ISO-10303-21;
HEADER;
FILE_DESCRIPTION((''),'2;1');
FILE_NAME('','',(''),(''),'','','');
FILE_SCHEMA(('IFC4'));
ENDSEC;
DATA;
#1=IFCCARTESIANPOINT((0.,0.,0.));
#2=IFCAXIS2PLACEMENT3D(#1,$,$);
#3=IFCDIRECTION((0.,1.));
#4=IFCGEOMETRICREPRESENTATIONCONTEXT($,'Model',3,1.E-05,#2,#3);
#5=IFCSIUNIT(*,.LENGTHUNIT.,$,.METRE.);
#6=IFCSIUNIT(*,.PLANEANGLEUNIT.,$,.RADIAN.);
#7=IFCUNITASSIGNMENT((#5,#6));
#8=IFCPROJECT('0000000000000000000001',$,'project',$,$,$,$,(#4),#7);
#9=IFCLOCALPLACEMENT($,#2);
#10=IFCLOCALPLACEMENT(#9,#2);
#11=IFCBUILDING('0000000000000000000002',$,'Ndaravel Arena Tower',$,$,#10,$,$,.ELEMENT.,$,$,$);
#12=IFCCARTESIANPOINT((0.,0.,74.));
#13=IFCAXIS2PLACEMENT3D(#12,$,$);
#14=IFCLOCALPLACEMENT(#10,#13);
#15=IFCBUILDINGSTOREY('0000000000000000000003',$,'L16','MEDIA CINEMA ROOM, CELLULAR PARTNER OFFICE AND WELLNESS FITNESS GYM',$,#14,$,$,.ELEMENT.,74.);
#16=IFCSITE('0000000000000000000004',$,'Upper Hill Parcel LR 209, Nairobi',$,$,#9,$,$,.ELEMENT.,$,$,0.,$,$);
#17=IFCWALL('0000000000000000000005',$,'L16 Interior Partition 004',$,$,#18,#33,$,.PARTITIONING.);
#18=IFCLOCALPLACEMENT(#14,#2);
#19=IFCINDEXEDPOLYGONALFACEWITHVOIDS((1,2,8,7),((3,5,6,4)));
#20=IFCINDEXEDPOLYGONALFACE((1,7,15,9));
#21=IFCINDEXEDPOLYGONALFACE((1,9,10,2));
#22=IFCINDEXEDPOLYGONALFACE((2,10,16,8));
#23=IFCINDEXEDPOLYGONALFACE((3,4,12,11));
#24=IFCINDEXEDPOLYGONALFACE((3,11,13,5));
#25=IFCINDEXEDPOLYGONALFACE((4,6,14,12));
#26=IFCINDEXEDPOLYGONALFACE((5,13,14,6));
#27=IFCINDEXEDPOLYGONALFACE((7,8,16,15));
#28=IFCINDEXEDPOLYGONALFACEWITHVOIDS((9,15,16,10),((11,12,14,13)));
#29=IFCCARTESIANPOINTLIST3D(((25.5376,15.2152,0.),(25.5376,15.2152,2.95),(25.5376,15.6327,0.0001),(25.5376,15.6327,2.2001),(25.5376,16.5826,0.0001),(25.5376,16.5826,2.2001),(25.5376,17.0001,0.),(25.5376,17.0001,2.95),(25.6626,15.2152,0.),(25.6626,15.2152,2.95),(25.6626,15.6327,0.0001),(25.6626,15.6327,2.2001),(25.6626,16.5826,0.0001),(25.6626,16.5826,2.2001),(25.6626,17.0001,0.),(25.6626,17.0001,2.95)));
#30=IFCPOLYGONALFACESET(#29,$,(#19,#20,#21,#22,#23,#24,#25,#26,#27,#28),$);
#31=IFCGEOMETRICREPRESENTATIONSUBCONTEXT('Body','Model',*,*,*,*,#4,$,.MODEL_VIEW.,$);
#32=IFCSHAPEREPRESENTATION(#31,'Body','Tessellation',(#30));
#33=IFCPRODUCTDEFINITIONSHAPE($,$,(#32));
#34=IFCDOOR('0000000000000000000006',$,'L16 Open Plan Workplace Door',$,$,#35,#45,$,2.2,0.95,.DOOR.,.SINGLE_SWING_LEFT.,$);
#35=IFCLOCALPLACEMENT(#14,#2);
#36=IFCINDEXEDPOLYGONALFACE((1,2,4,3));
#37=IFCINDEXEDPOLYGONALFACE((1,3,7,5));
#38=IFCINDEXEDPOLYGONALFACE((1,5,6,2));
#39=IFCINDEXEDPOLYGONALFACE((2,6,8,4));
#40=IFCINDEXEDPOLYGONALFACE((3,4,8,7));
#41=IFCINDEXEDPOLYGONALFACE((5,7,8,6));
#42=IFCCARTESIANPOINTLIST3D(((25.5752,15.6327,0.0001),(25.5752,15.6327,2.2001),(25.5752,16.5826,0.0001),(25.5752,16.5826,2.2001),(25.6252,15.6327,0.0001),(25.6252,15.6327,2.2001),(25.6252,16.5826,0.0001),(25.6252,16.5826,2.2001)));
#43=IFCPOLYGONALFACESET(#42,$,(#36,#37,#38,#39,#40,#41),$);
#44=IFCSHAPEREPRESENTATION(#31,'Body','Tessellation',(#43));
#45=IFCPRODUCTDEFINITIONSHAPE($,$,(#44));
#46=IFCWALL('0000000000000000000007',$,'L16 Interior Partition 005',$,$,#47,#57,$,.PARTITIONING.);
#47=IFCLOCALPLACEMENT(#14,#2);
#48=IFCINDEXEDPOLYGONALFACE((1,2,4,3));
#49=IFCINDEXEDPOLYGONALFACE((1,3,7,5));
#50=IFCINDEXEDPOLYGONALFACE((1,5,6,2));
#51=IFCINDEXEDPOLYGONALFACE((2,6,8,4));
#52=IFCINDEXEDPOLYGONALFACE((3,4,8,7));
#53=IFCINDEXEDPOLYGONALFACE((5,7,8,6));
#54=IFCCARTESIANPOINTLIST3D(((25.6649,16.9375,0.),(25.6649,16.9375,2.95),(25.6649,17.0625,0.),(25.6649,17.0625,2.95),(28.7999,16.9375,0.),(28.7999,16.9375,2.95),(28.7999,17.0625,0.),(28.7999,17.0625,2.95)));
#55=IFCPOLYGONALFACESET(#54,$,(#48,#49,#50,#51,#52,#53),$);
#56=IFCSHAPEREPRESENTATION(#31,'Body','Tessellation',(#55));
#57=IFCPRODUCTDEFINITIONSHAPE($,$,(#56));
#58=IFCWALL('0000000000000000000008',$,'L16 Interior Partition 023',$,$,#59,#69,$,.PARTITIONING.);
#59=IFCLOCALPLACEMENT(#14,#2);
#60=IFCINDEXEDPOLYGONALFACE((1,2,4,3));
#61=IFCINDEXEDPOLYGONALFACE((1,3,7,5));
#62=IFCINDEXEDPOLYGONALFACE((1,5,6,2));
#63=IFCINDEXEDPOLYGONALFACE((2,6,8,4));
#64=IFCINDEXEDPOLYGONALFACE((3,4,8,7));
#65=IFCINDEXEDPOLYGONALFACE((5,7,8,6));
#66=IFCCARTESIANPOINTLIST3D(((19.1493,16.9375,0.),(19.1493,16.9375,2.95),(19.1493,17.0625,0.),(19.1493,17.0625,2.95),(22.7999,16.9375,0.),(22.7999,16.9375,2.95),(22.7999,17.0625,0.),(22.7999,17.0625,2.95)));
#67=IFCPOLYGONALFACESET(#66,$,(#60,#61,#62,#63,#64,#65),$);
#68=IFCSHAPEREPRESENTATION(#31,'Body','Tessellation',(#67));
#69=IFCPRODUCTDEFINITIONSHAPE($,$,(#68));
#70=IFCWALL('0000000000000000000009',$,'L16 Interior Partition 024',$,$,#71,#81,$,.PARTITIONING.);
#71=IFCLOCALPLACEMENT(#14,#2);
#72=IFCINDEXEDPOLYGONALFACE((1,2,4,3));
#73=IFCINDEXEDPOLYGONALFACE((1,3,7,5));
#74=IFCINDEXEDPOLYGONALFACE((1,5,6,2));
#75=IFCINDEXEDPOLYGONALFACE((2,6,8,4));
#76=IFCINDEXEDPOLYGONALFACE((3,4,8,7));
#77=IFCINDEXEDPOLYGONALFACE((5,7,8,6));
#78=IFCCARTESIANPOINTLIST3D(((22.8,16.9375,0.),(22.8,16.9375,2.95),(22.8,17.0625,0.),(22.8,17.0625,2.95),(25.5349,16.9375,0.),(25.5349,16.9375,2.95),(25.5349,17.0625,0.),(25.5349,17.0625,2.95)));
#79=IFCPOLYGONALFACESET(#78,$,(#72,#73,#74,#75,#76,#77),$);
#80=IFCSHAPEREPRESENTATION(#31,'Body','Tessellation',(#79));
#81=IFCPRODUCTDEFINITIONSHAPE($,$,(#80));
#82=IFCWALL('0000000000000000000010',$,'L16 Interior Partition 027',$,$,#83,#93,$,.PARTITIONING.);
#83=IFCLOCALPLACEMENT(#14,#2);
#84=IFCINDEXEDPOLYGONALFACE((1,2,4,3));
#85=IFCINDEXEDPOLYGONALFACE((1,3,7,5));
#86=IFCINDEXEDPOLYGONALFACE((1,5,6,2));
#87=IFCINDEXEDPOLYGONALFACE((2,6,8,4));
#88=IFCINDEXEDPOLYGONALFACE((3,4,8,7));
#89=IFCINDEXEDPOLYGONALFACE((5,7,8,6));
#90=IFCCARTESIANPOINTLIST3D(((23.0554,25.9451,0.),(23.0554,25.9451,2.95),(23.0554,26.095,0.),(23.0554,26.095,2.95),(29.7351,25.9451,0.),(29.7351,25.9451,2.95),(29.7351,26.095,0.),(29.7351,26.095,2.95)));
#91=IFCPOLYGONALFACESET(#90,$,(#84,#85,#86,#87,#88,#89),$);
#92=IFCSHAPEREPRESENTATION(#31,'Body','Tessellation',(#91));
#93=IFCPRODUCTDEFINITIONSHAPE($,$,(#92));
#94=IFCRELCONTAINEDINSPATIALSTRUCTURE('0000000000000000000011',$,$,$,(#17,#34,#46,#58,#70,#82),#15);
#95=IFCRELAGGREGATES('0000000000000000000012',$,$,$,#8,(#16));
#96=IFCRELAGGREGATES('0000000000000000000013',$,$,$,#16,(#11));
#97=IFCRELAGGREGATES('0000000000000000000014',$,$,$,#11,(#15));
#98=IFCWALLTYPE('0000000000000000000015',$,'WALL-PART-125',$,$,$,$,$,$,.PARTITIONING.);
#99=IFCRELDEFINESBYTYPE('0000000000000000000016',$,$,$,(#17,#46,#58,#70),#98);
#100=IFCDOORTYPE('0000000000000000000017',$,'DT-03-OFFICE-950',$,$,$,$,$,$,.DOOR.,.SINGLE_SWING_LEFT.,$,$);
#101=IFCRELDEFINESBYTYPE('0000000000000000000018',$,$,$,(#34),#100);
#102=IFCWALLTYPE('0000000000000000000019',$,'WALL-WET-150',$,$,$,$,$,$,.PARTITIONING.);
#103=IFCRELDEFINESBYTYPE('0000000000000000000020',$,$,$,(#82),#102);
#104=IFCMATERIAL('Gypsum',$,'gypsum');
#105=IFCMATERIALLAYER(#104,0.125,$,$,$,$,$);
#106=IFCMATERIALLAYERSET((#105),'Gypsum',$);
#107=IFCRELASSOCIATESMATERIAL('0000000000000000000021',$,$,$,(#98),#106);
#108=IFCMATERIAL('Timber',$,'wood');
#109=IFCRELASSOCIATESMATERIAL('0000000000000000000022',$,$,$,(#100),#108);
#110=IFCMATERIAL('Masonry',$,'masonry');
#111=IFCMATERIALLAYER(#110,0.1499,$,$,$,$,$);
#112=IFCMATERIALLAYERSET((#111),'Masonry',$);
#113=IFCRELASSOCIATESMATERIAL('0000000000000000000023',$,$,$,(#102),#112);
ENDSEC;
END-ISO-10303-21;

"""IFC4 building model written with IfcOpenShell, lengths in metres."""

from ifc_helpers import new_model, si_unit, direction, frame, frame_2d, origin, place, context, subcontext, project, spatial, rectangle, extrude, material, layer, layer_set, type_object, element, fill, save


model = new_model("IFC4")

# Units and contexts
model_context = context("Model", 3, precision=1e-05, world=origin(), true_north=direction((0.0, 1.0)))
body_context = subcontext(model_context, "Body", "Model", "MODEL_VIEW")
ifc_project = project(units=[si_unit("LENGTHUNIT", "METRE"), si_unit("PLANEANGLEUNIT", "RADIAN")], contexts=[model_context])

# Site, building, storey
site_placement = place(None, origin())
site = spatial("IfcSite", under=ifc_project, at=site_placement, Name="Upper Hill Parcel LR 209, Nairobi", CompositionType="ELEMENT", RefElevation=0.0)
building_placement = place(site_placement, origin())
building = spatial("IfcBuilding", under=site, at=building_placement, Name="Ndaravel Arena Tower", CompositionType="ELEMENT")
storey_placement = place(building_placement, frame((0.0, 0.0, 74.0)))
storey = spatial("IfcBuildingStorey", under=building, at=storey_placement, Name="L16", Description="MEDIA CINEMA ROOM, CELLULAR PARTNER OFFICE AND WELLNESS FITNESS GYM", CompositionType="ELEMENT", Elevation=74.0)

# Wall, opening, door
ifc_material_1 = material(Name="Gypsum", Category="gypsum")
ifc_layer_1 = layer(ifc_material_1, 0.125)
ifc_layer_set_1 = layer_set([ifc_layer_1], Name="Gypsum")
wall_type_1 = type_object("IfcWallType", Name="WALL-PART-125", PredefinedType="PARTITIONING", material=ifc_layer_set_1)
wall_1_placement = place(storey_placement, frame((25.6001, 15.2151, 0.0), z_axis=(0.0, 0.0, 1.0), x_axis=(0.0, 1.0, 0.0)))
wall_1 = element("IfcWall", 1, at=wall_1_placement, inside=storey, type_object=wall_type_1, Name="L16 Interior Partition 004", PredefinedType="PARTITIONING", context=body_context, shape_type="SweptSolid", body=[
    extrude(rectangle(XDim=1.7849, YDim=0.125, at=frame_2d((0.8926, 0.0))), origin(), (0.0, 0.0, 1.0), 2.95),
])
opening_placement = place(wall_1_placement, frame((0.4175, 0.0, 0.0)))
opening = element("IfcOpeningElement", 2, at=opening_placement, cuts=wall_1, PredefinedType="OPENING", context=body_context, shape_type="SweptSolid", body=[
    extrude(rectangle(XDim=0.95, YDim=2.2, at=frame_2d((0.4751, 1.1001))), frame((0.0, 0.0625, 0.0), z_axis=(0.0, -1.0, 0.0), x_axis=(1.0, 0.0, 0.0)), (0.0, 0.0, 1.0), 0.125),
])
ifc_material_2 = material(Name="Timber", Category="wood")
door_type = type_object("IfcDoorType", Name="DT-03-OFFICE-950", OperationType="SINGLE_SWING_LEFT", PredefinedType="DOOR", material=ifc_material_2)
door_placement = place(opening_placement, origin())
door = element("IfcDoor", 3, at=door_placement, inside=storey, type_object=door_type, Name="L16 Open Plan Workplace Door", OperationType="SINGLE_SWING_LEFT", OverallHeight=2.2, OverallWidth=0.95, PredefinedType="DOOR", context=body_context, shape_type="SweptSolid", body=[
    extrude(rectangle(XDim=0.95, YDim=2.2, at=frame_2d((0.4751, 1.1001))), frame((0.0, 0.0249, 0.0), z_axis=(0.0, -1.0, 0.0), x_axis=(1.0, 0.0, 0.0)), (0.0, 0.0, 1.0), 0.05),
])
fill(opening, door)

# Walls
wall_2_placement = place(storey_placement, frame((25.665, 17.0, 0.0), z_axis=(0.0, 0.0, 1.0), x_axis=(1.0, 0.0, 0.0)))
element("IfcWall", 4, at=wall_2_placement, inside=storey, type_object=wall_type_1, Name="L16 Interior Partition 005", PredefinedType="PARTITIONING", context=body_context, shape_type="SweptSolid", body=[
    extrude(rectangle(XDim=3.135, YDim=0.125, at=frame_2d((1.5674, 0.0))), origin(), (0.0, 0.0, 1.0), 2.95),
])
wall_3_placement = place(storey_placement, frame((19.1494, 17.0, 0.0), z_axis=(0.0, 0.0, 1.0), x_axis=(1.0, 0.0, 0.0)))
element("IfcWall", 5, at=wall_3_placement, inside=storey, type_object=wall_type_1, Name="L16 Interior Partition 023", PredefinedType="PARTITIONING", context=body_context, shape_type="SweptSolid", body=[
    extrude(rectangle(XDim=3.6506, YDim=0.125, at=frame_2d((1.8252, 0.0))), origin(), (0.0, 0.0, 1.0), 2.95),
])
wall_4_placement = place(storey_placement, frame((22.8, 17.0, 0.0), z_axis=(0.0, 0.0, 1.0), x_axis=(1.0, 0.0, 0.0)))
element("IfcWall", 6, at=wall_4_placement, inside=storey, type_object=wall_type_1, Name="L16 Interior Partition 024", PredefinedType="PARTITIONING", context=body_context, shape_type="SweptSolid", body=[
    extrude(rectangle(XDim=2.7349, YDim=0.125, at=frame_2d((1.3674, 0.0))), origin(), (0.0, 0.0, 1.0), 2.95),
])
ifc_material_3 = material(Name="Masonry", Category="masonry")
ifc_layer_2 = layer(ifc_material_3, 0.1499)
ifc_layer_set_2 = layer_set([ifc_layer_2], Name="Masonry")
wall_type_2 = type_object("IfcWallType", Name="WALL-WET-150", PredefinedType="PARTITIONING", material=ifc_layer_set_2)
wall_5_placement = place(storey_placement, frame((23.0554, 26.02, 0.0), z_axis=(0.0, 0.0, 1.0), x_axis=(1.0, 0.0, 0.0)))
element("IfcWall", 7, at=wall_5_placement, inside=storey, type_object=wall_type_2, Name="L16 Interior Partition 027", PredefinedType="PARTITIONING", context=body_context, shape_type="SweptSolid", body=[
    extrude(rectangle(XDim=6.6797, YDim=0.1499, at=frame_2d((3.3398, 0.0))), origin(), (0.0, 0.0, 1.0), 2.95),
])

save(model, "model.ifc")
